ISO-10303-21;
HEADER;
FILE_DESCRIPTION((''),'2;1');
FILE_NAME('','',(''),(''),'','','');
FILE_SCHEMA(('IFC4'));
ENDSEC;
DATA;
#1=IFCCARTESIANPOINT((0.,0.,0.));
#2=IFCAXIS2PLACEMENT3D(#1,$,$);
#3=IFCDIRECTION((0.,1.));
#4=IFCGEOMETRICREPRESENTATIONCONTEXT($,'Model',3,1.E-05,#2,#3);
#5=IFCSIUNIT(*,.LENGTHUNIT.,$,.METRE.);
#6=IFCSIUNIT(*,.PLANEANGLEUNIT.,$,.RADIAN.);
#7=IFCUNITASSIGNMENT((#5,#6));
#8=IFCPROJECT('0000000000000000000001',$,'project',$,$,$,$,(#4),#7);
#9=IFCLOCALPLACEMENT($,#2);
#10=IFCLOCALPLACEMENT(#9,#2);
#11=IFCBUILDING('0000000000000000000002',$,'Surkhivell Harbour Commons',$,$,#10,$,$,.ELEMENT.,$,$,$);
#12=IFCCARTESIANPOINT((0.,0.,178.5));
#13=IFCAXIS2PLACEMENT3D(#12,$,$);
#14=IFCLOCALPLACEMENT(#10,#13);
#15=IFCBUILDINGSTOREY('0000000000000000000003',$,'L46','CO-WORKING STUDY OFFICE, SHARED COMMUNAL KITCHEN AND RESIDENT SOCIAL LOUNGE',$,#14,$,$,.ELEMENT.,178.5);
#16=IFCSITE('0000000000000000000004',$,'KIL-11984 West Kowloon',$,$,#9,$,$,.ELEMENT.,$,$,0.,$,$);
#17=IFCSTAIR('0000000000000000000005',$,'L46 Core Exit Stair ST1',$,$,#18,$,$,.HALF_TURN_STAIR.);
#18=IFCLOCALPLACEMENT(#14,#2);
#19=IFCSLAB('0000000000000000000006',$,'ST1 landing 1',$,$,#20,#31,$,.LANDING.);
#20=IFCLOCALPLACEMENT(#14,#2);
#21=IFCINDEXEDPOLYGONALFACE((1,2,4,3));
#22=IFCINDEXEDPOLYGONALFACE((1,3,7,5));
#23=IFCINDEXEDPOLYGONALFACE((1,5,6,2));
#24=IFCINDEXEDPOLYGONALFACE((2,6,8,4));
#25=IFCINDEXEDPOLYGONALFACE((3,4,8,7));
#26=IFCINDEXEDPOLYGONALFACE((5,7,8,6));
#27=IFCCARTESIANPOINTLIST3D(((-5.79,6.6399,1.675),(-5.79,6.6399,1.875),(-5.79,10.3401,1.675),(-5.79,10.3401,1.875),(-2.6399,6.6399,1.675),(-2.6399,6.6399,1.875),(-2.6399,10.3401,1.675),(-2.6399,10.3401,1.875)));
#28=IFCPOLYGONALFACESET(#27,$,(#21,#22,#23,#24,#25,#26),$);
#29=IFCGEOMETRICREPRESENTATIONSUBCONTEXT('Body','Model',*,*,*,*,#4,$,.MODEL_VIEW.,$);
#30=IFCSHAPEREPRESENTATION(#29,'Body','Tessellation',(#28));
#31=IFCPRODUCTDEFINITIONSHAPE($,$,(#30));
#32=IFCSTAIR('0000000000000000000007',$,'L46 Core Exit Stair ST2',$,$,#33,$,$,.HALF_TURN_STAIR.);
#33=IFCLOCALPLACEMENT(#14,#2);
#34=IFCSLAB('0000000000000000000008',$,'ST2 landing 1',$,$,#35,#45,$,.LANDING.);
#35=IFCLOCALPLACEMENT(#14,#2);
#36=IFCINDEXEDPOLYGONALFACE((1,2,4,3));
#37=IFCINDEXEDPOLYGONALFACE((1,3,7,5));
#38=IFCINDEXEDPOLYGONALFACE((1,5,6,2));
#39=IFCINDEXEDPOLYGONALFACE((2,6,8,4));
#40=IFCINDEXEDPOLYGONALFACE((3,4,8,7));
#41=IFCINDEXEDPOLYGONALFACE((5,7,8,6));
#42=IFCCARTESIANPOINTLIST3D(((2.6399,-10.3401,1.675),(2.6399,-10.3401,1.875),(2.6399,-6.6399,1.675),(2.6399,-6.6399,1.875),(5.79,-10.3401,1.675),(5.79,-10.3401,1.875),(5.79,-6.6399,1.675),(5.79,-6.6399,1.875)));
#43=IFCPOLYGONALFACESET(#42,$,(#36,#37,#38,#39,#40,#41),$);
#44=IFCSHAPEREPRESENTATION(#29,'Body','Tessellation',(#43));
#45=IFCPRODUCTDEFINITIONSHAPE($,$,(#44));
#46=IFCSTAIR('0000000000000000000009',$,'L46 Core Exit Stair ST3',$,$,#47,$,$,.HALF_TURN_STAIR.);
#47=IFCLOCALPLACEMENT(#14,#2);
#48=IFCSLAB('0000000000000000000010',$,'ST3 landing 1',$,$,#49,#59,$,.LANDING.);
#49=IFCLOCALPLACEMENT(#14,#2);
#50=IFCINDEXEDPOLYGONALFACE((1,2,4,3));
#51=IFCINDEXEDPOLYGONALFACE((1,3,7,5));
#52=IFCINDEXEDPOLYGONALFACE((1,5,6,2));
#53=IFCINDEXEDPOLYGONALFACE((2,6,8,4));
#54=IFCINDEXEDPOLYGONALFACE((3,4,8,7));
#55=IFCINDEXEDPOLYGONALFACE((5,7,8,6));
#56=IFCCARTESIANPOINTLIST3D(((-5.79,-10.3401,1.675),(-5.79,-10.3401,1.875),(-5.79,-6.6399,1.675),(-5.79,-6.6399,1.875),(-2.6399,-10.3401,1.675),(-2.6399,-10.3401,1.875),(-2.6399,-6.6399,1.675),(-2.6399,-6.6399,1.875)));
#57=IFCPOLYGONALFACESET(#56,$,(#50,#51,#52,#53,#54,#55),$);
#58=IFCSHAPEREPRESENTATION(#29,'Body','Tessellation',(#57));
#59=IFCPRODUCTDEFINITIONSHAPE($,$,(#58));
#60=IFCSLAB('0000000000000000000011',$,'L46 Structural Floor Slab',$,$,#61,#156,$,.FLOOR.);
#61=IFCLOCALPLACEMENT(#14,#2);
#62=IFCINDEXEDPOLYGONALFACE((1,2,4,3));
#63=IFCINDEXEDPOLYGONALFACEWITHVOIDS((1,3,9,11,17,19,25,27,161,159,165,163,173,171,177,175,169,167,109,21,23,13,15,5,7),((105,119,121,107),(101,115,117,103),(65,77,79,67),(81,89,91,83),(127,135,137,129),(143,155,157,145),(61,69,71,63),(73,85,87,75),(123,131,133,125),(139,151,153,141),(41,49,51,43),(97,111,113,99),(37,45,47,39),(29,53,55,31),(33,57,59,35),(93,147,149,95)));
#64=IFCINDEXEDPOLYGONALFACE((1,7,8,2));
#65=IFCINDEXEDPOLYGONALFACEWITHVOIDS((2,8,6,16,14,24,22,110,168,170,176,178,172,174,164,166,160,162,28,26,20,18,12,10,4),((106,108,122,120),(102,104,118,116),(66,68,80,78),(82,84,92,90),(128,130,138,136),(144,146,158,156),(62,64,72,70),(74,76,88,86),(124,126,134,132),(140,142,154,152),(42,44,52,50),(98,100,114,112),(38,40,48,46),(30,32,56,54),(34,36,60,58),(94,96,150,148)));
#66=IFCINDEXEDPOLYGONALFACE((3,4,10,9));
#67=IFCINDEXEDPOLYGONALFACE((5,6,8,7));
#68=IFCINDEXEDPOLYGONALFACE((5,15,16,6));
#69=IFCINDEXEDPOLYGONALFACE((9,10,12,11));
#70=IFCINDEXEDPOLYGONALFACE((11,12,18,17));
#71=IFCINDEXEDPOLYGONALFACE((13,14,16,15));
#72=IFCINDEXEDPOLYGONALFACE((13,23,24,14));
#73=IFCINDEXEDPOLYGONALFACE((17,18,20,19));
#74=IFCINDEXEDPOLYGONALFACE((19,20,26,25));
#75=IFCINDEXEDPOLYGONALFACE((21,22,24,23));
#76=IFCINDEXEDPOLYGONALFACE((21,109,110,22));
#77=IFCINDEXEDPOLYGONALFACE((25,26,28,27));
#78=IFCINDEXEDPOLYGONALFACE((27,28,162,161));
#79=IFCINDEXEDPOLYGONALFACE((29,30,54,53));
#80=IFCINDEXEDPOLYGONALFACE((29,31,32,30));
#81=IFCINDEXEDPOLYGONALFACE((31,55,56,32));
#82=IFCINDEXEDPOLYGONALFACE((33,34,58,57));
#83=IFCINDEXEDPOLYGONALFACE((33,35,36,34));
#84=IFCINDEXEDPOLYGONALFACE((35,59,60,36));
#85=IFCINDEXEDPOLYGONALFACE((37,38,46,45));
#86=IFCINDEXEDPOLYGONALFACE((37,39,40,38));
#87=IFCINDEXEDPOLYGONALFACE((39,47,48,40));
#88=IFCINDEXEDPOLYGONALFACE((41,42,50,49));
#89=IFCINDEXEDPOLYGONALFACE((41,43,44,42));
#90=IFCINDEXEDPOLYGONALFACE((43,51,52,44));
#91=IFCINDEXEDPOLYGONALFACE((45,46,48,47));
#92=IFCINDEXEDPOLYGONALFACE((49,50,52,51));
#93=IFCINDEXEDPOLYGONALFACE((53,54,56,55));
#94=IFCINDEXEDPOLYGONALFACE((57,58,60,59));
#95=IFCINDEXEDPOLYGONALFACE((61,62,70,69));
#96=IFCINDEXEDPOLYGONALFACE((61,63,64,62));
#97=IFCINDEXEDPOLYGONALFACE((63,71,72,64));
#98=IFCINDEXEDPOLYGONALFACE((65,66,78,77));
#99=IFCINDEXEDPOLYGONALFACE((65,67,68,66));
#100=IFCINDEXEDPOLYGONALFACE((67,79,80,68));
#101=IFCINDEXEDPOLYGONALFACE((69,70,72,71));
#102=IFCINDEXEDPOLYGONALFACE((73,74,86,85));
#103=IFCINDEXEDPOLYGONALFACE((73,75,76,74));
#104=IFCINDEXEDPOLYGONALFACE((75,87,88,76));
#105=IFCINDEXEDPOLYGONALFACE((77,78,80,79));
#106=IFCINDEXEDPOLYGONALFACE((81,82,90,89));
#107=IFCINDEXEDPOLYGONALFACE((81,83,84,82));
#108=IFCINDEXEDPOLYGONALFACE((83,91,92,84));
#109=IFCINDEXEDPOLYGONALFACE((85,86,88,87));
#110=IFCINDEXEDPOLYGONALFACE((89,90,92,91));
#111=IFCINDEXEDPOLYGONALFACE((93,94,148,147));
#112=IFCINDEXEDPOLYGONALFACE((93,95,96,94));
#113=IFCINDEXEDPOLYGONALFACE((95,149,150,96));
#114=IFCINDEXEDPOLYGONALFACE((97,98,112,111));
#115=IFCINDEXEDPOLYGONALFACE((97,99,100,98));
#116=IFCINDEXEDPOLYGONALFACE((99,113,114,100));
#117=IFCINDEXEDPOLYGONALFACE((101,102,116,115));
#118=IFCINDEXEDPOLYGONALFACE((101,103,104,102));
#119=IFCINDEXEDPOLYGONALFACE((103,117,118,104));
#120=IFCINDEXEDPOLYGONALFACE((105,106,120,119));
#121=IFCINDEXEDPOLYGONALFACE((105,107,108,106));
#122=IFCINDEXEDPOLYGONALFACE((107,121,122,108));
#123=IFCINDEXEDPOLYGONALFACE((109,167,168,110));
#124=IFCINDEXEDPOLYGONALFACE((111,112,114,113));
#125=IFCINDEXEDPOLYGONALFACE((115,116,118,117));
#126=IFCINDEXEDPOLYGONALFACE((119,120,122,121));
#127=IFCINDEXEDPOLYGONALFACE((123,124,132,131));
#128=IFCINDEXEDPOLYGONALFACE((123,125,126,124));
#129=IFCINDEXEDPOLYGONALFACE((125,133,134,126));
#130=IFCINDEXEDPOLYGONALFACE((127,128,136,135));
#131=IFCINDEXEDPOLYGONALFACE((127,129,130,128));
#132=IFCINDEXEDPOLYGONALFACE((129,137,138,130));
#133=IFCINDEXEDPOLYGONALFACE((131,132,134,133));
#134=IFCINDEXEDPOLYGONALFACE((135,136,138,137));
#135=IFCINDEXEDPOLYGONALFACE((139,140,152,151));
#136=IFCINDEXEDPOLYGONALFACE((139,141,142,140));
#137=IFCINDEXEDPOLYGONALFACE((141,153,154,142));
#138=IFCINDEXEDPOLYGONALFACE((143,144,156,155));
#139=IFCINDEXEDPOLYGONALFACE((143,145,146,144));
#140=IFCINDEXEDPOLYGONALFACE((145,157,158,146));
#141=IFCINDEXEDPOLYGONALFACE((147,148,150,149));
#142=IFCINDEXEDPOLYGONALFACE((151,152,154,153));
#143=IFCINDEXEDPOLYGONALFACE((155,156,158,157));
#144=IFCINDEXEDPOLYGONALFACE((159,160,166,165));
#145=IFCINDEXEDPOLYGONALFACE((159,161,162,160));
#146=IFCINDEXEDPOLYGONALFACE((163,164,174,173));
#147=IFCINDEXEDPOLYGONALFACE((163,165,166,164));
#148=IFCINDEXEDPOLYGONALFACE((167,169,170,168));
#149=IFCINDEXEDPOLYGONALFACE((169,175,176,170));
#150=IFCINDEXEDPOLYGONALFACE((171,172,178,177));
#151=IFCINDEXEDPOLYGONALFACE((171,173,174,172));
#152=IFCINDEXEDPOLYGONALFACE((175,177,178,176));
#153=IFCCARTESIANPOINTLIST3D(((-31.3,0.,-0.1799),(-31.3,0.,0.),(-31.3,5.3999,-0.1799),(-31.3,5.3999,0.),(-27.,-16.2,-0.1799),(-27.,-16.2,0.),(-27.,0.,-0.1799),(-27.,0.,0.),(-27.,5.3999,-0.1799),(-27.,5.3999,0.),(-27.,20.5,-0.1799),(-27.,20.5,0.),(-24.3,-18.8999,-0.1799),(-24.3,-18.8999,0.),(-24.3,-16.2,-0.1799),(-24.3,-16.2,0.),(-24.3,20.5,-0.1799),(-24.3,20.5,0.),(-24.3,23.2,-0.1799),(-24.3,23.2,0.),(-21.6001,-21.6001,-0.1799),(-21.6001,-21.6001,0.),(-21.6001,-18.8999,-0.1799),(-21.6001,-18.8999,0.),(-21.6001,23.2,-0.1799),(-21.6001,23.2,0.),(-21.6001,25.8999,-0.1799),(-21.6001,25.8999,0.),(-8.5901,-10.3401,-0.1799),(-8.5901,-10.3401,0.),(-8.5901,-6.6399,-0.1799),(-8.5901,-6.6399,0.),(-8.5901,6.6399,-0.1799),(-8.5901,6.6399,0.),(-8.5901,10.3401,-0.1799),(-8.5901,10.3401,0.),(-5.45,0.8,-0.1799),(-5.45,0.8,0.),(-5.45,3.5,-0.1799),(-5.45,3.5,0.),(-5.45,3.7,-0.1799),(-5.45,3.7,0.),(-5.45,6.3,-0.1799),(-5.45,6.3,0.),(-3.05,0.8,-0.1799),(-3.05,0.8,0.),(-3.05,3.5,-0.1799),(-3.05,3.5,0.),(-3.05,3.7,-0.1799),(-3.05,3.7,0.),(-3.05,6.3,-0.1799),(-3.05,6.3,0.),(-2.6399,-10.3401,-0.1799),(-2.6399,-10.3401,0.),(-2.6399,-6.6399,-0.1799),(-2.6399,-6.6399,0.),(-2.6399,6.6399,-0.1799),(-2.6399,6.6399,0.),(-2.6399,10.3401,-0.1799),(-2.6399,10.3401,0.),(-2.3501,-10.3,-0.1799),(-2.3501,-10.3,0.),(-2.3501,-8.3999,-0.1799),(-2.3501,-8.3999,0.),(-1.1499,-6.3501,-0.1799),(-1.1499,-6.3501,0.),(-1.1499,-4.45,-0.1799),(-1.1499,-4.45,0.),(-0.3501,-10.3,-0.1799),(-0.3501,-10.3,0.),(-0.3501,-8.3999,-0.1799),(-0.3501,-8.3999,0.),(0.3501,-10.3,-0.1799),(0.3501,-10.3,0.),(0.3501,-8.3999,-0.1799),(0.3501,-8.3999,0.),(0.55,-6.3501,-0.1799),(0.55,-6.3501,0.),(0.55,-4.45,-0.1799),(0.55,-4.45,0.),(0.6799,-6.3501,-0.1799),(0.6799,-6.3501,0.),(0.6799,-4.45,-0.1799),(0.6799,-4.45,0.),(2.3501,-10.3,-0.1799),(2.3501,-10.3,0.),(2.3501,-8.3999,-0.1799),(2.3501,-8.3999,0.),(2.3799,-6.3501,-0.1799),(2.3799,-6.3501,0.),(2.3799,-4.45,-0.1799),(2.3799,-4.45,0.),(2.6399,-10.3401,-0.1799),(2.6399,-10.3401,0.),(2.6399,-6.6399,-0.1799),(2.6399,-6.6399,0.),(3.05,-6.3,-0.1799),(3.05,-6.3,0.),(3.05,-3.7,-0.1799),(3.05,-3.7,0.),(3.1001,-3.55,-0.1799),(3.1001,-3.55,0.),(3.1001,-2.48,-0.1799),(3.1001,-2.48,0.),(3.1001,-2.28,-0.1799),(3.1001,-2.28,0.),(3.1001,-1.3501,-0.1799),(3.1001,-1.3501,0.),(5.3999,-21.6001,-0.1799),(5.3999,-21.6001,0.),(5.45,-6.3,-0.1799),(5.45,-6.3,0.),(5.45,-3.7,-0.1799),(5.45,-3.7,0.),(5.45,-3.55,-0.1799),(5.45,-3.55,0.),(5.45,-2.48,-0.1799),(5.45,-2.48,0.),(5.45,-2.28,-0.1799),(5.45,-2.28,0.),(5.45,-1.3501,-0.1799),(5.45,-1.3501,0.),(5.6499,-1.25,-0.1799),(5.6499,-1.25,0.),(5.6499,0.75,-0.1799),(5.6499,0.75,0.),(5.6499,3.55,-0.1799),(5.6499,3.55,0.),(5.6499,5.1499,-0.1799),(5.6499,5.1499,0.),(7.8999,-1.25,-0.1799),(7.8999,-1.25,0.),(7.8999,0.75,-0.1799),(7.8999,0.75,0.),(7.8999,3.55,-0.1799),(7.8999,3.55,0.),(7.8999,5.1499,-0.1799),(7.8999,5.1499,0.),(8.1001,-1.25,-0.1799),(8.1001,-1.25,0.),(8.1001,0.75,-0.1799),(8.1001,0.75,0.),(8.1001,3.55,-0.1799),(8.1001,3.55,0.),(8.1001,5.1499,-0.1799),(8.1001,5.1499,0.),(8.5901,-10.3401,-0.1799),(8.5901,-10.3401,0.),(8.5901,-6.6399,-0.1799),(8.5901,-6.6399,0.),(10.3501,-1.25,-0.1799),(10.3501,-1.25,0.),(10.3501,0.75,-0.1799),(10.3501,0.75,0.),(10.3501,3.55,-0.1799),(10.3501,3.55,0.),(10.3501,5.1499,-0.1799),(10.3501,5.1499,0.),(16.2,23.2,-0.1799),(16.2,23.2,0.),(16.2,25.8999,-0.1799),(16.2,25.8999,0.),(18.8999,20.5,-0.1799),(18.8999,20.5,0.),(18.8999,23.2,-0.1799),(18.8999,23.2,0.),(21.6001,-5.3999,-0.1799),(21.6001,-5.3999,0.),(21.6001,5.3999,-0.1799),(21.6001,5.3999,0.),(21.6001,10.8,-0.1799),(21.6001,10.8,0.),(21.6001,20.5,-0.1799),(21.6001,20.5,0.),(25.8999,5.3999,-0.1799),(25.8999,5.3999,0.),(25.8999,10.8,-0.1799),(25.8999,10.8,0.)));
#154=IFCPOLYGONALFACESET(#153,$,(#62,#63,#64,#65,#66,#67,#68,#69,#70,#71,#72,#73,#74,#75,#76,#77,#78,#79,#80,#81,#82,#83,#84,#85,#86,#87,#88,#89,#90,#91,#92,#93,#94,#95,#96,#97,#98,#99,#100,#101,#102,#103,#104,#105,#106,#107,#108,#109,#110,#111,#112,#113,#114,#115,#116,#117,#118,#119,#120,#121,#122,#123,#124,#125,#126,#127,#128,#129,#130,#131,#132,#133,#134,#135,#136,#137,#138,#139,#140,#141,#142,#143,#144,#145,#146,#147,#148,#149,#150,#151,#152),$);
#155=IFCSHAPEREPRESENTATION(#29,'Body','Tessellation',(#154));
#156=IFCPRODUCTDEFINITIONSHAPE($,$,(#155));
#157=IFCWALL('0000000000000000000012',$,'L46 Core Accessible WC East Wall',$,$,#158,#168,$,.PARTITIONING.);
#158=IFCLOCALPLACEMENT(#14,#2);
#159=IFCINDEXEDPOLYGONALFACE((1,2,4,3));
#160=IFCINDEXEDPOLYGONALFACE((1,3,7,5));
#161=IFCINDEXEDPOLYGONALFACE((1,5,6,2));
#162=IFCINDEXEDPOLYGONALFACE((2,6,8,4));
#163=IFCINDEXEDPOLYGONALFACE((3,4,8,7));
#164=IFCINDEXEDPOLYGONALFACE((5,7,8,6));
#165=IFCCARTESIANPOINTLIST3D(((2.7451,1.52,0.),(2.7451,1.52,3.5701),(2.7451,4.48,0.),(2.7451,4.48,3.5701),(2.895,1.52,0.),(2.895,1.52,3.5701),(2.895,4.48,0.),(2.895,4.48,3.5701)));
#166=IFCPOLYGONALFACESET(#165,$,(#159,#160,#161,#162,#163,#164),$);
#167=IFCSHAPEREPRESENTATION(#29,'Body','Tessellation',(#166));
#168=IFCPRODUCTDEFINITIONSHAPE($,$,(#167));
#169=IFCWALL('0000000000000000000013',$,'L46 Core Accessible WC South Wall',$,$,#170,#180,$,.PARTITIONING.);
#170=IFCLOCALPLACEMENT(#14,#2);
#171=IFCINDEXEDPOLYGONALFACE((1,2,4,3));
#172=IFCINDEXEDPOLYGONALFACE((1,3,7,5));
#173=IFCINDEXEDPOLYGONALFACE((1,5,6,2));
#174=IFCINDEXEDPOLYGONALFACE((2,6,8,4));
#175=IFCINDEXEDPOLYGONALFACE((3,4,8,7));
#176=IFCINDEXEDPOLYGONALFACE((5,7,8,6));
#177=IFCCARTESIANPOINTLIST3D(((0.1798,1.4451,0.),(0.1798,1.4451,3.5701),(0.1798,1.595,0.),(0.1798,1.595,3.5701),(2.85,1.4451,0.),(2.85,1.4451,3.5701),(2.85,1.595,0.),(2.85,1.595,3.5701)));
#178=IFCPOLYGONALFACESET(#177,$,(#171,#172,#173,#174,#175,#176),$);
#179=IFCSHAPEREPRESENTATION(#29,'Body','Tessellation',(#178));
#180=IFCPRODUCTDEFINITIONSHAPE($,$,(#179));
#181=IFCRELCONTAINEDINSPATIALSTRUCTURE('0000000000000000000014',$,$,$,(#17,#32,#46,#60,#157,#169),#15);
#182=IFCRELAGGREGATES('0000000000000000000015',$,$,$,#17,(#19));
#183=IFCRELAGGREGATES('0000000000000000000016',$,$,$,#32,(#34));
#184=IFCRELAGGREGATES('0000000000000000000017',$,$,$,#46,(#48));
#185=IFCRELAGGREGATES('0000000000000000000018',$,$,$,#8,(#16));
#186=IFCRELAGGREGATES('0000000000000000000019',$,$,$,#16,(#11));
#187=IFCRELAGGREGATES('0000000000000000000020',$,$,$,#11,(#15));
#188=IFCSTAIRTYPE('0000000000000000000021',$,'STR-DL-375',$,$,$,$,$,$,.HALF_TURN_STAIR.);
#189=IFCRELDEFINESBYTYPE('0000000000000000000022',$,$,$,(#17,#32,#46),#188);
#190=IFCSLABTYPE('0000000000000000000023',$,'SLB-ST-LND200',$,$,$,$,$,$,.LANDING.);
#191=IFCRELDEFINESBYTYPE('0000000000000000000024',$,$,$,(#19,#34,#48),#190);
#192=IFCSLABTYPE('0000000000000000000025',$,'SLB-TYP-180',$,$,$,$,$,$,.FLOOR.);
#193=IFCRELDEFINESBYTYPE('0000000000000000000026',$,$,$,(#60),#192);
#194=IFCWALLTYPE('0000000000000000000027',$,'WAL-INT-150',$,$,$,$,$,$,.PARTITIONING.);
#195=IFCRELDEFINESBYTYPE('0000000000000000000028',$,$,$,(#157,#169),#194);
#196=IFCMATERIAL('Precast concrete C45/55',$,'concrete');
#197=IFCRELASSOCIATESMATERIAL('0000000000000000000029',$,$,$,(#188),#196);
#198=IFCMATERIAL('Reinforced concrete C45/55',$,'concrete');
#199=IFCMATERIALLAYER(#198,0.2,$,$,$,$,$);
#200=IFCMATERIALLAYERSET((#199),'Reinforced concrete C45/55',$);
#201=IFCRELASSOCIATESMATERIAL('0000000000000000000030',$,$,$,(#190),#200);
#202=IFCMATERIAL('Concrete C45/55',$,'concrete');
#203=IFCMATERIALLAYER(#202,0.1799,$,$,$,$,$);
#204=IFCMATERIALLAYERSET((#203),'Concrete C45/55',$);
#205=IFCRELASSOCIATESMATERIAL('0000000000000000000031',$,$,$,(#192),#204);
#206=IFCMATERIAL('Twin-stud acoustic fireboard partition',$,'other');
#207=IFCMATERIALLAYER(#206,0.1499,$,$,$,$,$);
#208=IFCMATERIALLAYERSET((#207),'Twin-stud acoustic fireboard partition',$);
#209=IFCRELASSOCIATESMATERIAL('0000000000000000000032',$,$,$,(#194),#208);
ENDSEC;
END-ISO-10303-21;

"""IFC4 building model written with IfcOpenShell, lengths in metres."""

from ifc_helpers import new_model, si_unit, direction, frame, frame_2d, origin, place, context, subcontext, project, spatial, polyline, rectangle, outline, extrude, material, layer, layer_set, type_object, element, aggregate, save


model = new_model("IFC4")

# Units and contexts
model_context = context("Model", 3, precision=1e-05, world=origin(), true_north=direction((0.0, 1.0)))
body_context = subcontext(model_context, "Body", "Model", "MODEL_VIEW")
ifc_project = project(units=[si_unit("LENGTHUNIT", "METRE"), si_unit("PLANEANGLEUNIT", "RADIAN")], contexts=[model_context])

# Site, building, storey
site_placement = place(None, origin())
site = spatial("IfcSite", under=ifc_project, at=site_placement, Name="KIL-11984 West Kowloon", CompositionType="ELEMENT", RefElevation=0.0)
building_placement = place(site_placement, origin())
building = spatial("IfcBuilding", under=site, at=building_placement, Name="Surkhivell Harbour Commons", CompositionType="ELEMENT")
storey_placement = place(building_placement, frame((0.0, 0.0, 178.5)))
storey = spatial("IfcBuildingStorey", under=building, at=storey_placement, Name="L46", Description="CO-WORKING STUDY OFFICE, SHARED COMMUNAL KITCHEN AND RESIDENT SOCIAL LOUNGE", CompositionType="ELEMENT", Elevation=178.5)

# Stairs, slabs
ifc_material_1 = material(Name="Precast concrete C45/55", Category="concrete")
stair_type = type_object("IfcStairType", Name="STR-DL-375", PredefinedType="HALF_TURN_STAIR", material=ifc_material_1)
stair_1_placement = place(storey_placement, origin())
stair_1 = element("IfcStair", 1, at=stair_1_placement, inside=storey, type_object=stair_type, Name="L46 Core Exit Stair ST1", PredefinedType="HALF_TURN_STAIR")
ifc_material_2 = material(Name="Reinforced concrete C45/55", Category="concrete")
ifc_layer_1 = layer(ifc_material_2, 0.2)
ifc_layer_set_1 = layer_set([ifc_layer_1], Name="Reinforced concrete C45/55")
slab_type_1 = type_object("IfcSlabType", Name="SLB-ST-LND200", PredefinedType="LANDING", material=ifc_layer_set_1)
slab_1_placement = place(storey_placement, frame((0.0, 0.0, 1.675)))
slab_1 = element("IfcSlab", 2, at=slab_1_placement, type_object=slab_type_1, Name="ST1 landing 1", PredefinedType="LANDING", context=body_context, shape_type="SweptSolid", body=[
    extrude(outline(polyline([(-5.79, 6.6399), (-2.6399, 6.6399), (-2.6399, 10.3401), (-5.79, 10.3401), (-5.79, 6.6399)])), origin(), (0.0, 0.0, 1.0), 0.2),
])
aggregate(stair_1, [slab_1])
stair_2_placement = place(storey_placement, origin())
stair_2 = element("IfcStair", 3, at=stair_2_placement, inside=storey, type_object=stair_type, Name="L46 Core Exit Stair ST2", PredefinedType="HALF_TURN_STAIR")
slab_2_placement = place(storey_placement, frame((0.0, 0.0, 1.675)))
slab_2 = element("IfcSlab", 4, at=slab_2_placement, type_object=slab_type_1, Name="ST2 landing 1", PredefinedType="LANDING", context=body_context, shape_type="SweptSolid", body=[
    extrude(outline(polyline([(5.79, -6.6399), (2.6399, -6.6399), (2.6399, -10.3401), (5.79, -10.3401), (5.79, -6.6399)])), origin(), (0.0, 0.0, 1.0), 0.2),
])
aggregate(stair_2, [slab_2])
stair_3_placement = place(storey_placement, origin())
stair_3 = element("IfcStair", 5, at=stair_3_placement, inside=storey, type_object=stair_type, Name="L46 Core Exit Stair ST3", PredefinedType="HALF_TURN_STAIR")
slab_3_placement = place(storey_placement, frame((0.0, 0.0, 1.675)))
slab_3 = element("IfcSlab", 6, at=slab_3_placement, type_object=slab_type_1, Name="ST3 landing 1", PredefinedType="LANDING", context=body_context, shape_type="SweptSolid", body=[
    extrude(outline(polyline([(-5.79, -10.3401), (-2.6399, -10.3401), (-2.6399, -6.6399), (-5.79, -6.6399), (-5.79, -10.3401)])), origin(), (0.0, 0.0, 1.0), 0.2),
])
aggregate(stair_3, [slab_3])

# Slab
ifc_material_3 = material(Name="Concrete C45/55", Category="concrete")
ifc_layer_2 = layer(ifc_material_3, 0.1799)
ifc_layer_set_2 = layer_set([ifc_layer_2], Name="Concrete C45/55")
slab_type_2 = type_object("IfcSlabType", Name="SLB-TYP-180", PredefinedType="FLOOR", material=ifc_layer_set_2)
slab_4_placement = place(storey_placement, frame((0.0, 0.0, -0.1799)))
element("IfcSlab", 7, at=slab_4_placement, inside=storey, type_object=slab_type_2, Name="L46 Structural Floor Slab", PredefinedType="FLOOR", context=body_context, shape_type="SweptSolid", body=[
    extrude(outline(polyline([(-27.0, 20.5), (-27.0, 5.3999), (-31.3, 5.3999), (-31.3, 0.0), (-27.0, 0.0), (-27.0, -16.2), (-24.3, -16.2), (-24.3, -18.8999), (-21.6001, -18.8999), (-21.6001, -21.6001), (5.3999, -21.6001), (21.6001, -5.3999), (21.6001, 5.3999), (25.8999, 5.3999), (25.8999, 10.8), (21.6001, 10.8), (21.6001, 20.5), (18.8999, 20.5), (18.8999, 23.2), (16.2, 23.2), (16.2, 25.8999), (-21.6001, 25.8999), (-21.6001, 23.2), (-24.3, 23.2), (-24.3, 20.5), (-27.0, 20.5)]), holes=[polyline([(-8.5901, 6.6399), (-2.6399, 6.6399), (-2.6399, 10.3401), (-8.5901, 10.3401), (-8.5901, 6.6399)]), polyline([(8.5901, -6.6399), (2.6399, -6.6399), (2.6399, -10.3401), (8.5901, -10.3401), (8.5901, -6.6399)]), polyline([(-8.5901, -10.3401), (-2.6399, -10.3401), (-2.6399, -6.6399), (-8.5901, -6.6399), (-8.5901, -10.3401)]), polyline([(5.6499, 3.55), (7.8999, 3.55), (7.8999, 5.1499), (5.6499, 5.1499), (5.6499, 3.55)]), polyline([(8.1001, 3.55), (10.3501, 3.55), (10.3501, 5.1499), (8.1001, 5.1499), (8.1001, 3.55)]), polyline([(5.6499, -1.25), (7.8999, -1.25), (7.8999, 0.75), (5.6499, 0.75), (5.6499, -1.25)]), polyline([(8.1001, -1.25), (10.3501, -1.25), (10.3501, 0.75), (8.1001, 0.75), (8.1001, -1.25)]), polyline([(-1.1499, -6.3501), (0.55, -6.3501), (0.55, -4.45), (-1.1499, -4.45), (-1.1499, -6.3501)]), polyline([(0.6799, -6.3501), (2.3799, -6.3501), (2.3799, -4.45), (0.6799, -4.45), (0.6799, -6.3501)]), polyline([(-2.3501, -10.3), (-0.3501, -10.3), (-0.3501, -8.3999), (-2.3501, -8.3999), (-2.3501, -10.3)]), polyline([(0.3501, -10.3), (2.3501, -10.3), (2.3501, -8.3999), (0.3501, -8.3999), (0.3501, -10.3)]), polyline([(-5.45, 3.7), (-3.05, 3.7), (-3.05, 6.3), (-5.45, 6.3), (-5.45, 3.7)]), polyline([(3.05, -6.3), (5.45, -6.3), (5.45, -3.7), (3.05, -3.7), (3.05, -6.3)]), polyline([(-5.45, 0.8), (-3.05, 0.8), (-3.05, 3.5), (-5.45, 3.5), (-5.45, 0.8)]), polyline([(3.1001, -3.55), (5.45, -3.55), (5.45, -2.48), (3.1001, -2.48), (3.1001, -3.55)]), polyline([(3.1001, -2.28), (5.45, -2.28), (5.45, -1.3501), (3.1001, -1.3501), (3.1001, -2.28)])]), origin(), (0.0, 0.0, 1.0), 0.1799),
])

# Walls
ifc_material_4 = material(Name="Twin-stud acoustic fireboard partition", Category="other")
ifc_layer_3 = layer(ifc_material_4, 0.1499)
ifc_layer_set_3 = layer_set([ifc_layer_3], Name="Twin-stud acoustic fireboard partition")
wall_type_1 = type_object("IfcWallType", Name="WAL-INT-150", PredefinedType="PARTITIONING", material=ifc_layer_set_3)
wall_1_placement = place(storey_placement, frame((2.8201, 1.52, 0.0), z_axis=(0.0, 0.0, 1.0), x_axis=(0.0, 1.0, 0.0)))
element("IfcWall", 8, at=wall_1_placement, inside=storey, type_object=wall_type_1, Name="L46 Core Accessible WC East Wall", PredefinedType="PARTITIONING", context=body_context, shape_type="SweptSolid", body=[
    extrude(rectangle(XDim=2.96, YDim=0.1499, at=frame_2d((1.48, 0.0))), origin(), (0.0, 0.0, 1.0), 3.5701),
])
wall_2_placement = place(storey_placement, frame((0.1799, 1.52, 0.0), z_axis=(0.0, 0.0, 1.0), x_axis=(1.0, 0.0, 0.0)))
element("IfcWall", 9, at=wall_2_placement, inside=storey, type_object=wall_type_1, Name="L46 Core Accessible WC South Wall", PredefinedType="PARTITIONING", context=body_context, shape_type="SweptSolid", body=[
    extrude(rectangle(XDim=2.6702, YDim=0.1499, at=frame_2d((1.335, 0.0))), origin(), (0.0, 0.0, 1.0), 3.5701),
])

save(model, "model.ifc")
